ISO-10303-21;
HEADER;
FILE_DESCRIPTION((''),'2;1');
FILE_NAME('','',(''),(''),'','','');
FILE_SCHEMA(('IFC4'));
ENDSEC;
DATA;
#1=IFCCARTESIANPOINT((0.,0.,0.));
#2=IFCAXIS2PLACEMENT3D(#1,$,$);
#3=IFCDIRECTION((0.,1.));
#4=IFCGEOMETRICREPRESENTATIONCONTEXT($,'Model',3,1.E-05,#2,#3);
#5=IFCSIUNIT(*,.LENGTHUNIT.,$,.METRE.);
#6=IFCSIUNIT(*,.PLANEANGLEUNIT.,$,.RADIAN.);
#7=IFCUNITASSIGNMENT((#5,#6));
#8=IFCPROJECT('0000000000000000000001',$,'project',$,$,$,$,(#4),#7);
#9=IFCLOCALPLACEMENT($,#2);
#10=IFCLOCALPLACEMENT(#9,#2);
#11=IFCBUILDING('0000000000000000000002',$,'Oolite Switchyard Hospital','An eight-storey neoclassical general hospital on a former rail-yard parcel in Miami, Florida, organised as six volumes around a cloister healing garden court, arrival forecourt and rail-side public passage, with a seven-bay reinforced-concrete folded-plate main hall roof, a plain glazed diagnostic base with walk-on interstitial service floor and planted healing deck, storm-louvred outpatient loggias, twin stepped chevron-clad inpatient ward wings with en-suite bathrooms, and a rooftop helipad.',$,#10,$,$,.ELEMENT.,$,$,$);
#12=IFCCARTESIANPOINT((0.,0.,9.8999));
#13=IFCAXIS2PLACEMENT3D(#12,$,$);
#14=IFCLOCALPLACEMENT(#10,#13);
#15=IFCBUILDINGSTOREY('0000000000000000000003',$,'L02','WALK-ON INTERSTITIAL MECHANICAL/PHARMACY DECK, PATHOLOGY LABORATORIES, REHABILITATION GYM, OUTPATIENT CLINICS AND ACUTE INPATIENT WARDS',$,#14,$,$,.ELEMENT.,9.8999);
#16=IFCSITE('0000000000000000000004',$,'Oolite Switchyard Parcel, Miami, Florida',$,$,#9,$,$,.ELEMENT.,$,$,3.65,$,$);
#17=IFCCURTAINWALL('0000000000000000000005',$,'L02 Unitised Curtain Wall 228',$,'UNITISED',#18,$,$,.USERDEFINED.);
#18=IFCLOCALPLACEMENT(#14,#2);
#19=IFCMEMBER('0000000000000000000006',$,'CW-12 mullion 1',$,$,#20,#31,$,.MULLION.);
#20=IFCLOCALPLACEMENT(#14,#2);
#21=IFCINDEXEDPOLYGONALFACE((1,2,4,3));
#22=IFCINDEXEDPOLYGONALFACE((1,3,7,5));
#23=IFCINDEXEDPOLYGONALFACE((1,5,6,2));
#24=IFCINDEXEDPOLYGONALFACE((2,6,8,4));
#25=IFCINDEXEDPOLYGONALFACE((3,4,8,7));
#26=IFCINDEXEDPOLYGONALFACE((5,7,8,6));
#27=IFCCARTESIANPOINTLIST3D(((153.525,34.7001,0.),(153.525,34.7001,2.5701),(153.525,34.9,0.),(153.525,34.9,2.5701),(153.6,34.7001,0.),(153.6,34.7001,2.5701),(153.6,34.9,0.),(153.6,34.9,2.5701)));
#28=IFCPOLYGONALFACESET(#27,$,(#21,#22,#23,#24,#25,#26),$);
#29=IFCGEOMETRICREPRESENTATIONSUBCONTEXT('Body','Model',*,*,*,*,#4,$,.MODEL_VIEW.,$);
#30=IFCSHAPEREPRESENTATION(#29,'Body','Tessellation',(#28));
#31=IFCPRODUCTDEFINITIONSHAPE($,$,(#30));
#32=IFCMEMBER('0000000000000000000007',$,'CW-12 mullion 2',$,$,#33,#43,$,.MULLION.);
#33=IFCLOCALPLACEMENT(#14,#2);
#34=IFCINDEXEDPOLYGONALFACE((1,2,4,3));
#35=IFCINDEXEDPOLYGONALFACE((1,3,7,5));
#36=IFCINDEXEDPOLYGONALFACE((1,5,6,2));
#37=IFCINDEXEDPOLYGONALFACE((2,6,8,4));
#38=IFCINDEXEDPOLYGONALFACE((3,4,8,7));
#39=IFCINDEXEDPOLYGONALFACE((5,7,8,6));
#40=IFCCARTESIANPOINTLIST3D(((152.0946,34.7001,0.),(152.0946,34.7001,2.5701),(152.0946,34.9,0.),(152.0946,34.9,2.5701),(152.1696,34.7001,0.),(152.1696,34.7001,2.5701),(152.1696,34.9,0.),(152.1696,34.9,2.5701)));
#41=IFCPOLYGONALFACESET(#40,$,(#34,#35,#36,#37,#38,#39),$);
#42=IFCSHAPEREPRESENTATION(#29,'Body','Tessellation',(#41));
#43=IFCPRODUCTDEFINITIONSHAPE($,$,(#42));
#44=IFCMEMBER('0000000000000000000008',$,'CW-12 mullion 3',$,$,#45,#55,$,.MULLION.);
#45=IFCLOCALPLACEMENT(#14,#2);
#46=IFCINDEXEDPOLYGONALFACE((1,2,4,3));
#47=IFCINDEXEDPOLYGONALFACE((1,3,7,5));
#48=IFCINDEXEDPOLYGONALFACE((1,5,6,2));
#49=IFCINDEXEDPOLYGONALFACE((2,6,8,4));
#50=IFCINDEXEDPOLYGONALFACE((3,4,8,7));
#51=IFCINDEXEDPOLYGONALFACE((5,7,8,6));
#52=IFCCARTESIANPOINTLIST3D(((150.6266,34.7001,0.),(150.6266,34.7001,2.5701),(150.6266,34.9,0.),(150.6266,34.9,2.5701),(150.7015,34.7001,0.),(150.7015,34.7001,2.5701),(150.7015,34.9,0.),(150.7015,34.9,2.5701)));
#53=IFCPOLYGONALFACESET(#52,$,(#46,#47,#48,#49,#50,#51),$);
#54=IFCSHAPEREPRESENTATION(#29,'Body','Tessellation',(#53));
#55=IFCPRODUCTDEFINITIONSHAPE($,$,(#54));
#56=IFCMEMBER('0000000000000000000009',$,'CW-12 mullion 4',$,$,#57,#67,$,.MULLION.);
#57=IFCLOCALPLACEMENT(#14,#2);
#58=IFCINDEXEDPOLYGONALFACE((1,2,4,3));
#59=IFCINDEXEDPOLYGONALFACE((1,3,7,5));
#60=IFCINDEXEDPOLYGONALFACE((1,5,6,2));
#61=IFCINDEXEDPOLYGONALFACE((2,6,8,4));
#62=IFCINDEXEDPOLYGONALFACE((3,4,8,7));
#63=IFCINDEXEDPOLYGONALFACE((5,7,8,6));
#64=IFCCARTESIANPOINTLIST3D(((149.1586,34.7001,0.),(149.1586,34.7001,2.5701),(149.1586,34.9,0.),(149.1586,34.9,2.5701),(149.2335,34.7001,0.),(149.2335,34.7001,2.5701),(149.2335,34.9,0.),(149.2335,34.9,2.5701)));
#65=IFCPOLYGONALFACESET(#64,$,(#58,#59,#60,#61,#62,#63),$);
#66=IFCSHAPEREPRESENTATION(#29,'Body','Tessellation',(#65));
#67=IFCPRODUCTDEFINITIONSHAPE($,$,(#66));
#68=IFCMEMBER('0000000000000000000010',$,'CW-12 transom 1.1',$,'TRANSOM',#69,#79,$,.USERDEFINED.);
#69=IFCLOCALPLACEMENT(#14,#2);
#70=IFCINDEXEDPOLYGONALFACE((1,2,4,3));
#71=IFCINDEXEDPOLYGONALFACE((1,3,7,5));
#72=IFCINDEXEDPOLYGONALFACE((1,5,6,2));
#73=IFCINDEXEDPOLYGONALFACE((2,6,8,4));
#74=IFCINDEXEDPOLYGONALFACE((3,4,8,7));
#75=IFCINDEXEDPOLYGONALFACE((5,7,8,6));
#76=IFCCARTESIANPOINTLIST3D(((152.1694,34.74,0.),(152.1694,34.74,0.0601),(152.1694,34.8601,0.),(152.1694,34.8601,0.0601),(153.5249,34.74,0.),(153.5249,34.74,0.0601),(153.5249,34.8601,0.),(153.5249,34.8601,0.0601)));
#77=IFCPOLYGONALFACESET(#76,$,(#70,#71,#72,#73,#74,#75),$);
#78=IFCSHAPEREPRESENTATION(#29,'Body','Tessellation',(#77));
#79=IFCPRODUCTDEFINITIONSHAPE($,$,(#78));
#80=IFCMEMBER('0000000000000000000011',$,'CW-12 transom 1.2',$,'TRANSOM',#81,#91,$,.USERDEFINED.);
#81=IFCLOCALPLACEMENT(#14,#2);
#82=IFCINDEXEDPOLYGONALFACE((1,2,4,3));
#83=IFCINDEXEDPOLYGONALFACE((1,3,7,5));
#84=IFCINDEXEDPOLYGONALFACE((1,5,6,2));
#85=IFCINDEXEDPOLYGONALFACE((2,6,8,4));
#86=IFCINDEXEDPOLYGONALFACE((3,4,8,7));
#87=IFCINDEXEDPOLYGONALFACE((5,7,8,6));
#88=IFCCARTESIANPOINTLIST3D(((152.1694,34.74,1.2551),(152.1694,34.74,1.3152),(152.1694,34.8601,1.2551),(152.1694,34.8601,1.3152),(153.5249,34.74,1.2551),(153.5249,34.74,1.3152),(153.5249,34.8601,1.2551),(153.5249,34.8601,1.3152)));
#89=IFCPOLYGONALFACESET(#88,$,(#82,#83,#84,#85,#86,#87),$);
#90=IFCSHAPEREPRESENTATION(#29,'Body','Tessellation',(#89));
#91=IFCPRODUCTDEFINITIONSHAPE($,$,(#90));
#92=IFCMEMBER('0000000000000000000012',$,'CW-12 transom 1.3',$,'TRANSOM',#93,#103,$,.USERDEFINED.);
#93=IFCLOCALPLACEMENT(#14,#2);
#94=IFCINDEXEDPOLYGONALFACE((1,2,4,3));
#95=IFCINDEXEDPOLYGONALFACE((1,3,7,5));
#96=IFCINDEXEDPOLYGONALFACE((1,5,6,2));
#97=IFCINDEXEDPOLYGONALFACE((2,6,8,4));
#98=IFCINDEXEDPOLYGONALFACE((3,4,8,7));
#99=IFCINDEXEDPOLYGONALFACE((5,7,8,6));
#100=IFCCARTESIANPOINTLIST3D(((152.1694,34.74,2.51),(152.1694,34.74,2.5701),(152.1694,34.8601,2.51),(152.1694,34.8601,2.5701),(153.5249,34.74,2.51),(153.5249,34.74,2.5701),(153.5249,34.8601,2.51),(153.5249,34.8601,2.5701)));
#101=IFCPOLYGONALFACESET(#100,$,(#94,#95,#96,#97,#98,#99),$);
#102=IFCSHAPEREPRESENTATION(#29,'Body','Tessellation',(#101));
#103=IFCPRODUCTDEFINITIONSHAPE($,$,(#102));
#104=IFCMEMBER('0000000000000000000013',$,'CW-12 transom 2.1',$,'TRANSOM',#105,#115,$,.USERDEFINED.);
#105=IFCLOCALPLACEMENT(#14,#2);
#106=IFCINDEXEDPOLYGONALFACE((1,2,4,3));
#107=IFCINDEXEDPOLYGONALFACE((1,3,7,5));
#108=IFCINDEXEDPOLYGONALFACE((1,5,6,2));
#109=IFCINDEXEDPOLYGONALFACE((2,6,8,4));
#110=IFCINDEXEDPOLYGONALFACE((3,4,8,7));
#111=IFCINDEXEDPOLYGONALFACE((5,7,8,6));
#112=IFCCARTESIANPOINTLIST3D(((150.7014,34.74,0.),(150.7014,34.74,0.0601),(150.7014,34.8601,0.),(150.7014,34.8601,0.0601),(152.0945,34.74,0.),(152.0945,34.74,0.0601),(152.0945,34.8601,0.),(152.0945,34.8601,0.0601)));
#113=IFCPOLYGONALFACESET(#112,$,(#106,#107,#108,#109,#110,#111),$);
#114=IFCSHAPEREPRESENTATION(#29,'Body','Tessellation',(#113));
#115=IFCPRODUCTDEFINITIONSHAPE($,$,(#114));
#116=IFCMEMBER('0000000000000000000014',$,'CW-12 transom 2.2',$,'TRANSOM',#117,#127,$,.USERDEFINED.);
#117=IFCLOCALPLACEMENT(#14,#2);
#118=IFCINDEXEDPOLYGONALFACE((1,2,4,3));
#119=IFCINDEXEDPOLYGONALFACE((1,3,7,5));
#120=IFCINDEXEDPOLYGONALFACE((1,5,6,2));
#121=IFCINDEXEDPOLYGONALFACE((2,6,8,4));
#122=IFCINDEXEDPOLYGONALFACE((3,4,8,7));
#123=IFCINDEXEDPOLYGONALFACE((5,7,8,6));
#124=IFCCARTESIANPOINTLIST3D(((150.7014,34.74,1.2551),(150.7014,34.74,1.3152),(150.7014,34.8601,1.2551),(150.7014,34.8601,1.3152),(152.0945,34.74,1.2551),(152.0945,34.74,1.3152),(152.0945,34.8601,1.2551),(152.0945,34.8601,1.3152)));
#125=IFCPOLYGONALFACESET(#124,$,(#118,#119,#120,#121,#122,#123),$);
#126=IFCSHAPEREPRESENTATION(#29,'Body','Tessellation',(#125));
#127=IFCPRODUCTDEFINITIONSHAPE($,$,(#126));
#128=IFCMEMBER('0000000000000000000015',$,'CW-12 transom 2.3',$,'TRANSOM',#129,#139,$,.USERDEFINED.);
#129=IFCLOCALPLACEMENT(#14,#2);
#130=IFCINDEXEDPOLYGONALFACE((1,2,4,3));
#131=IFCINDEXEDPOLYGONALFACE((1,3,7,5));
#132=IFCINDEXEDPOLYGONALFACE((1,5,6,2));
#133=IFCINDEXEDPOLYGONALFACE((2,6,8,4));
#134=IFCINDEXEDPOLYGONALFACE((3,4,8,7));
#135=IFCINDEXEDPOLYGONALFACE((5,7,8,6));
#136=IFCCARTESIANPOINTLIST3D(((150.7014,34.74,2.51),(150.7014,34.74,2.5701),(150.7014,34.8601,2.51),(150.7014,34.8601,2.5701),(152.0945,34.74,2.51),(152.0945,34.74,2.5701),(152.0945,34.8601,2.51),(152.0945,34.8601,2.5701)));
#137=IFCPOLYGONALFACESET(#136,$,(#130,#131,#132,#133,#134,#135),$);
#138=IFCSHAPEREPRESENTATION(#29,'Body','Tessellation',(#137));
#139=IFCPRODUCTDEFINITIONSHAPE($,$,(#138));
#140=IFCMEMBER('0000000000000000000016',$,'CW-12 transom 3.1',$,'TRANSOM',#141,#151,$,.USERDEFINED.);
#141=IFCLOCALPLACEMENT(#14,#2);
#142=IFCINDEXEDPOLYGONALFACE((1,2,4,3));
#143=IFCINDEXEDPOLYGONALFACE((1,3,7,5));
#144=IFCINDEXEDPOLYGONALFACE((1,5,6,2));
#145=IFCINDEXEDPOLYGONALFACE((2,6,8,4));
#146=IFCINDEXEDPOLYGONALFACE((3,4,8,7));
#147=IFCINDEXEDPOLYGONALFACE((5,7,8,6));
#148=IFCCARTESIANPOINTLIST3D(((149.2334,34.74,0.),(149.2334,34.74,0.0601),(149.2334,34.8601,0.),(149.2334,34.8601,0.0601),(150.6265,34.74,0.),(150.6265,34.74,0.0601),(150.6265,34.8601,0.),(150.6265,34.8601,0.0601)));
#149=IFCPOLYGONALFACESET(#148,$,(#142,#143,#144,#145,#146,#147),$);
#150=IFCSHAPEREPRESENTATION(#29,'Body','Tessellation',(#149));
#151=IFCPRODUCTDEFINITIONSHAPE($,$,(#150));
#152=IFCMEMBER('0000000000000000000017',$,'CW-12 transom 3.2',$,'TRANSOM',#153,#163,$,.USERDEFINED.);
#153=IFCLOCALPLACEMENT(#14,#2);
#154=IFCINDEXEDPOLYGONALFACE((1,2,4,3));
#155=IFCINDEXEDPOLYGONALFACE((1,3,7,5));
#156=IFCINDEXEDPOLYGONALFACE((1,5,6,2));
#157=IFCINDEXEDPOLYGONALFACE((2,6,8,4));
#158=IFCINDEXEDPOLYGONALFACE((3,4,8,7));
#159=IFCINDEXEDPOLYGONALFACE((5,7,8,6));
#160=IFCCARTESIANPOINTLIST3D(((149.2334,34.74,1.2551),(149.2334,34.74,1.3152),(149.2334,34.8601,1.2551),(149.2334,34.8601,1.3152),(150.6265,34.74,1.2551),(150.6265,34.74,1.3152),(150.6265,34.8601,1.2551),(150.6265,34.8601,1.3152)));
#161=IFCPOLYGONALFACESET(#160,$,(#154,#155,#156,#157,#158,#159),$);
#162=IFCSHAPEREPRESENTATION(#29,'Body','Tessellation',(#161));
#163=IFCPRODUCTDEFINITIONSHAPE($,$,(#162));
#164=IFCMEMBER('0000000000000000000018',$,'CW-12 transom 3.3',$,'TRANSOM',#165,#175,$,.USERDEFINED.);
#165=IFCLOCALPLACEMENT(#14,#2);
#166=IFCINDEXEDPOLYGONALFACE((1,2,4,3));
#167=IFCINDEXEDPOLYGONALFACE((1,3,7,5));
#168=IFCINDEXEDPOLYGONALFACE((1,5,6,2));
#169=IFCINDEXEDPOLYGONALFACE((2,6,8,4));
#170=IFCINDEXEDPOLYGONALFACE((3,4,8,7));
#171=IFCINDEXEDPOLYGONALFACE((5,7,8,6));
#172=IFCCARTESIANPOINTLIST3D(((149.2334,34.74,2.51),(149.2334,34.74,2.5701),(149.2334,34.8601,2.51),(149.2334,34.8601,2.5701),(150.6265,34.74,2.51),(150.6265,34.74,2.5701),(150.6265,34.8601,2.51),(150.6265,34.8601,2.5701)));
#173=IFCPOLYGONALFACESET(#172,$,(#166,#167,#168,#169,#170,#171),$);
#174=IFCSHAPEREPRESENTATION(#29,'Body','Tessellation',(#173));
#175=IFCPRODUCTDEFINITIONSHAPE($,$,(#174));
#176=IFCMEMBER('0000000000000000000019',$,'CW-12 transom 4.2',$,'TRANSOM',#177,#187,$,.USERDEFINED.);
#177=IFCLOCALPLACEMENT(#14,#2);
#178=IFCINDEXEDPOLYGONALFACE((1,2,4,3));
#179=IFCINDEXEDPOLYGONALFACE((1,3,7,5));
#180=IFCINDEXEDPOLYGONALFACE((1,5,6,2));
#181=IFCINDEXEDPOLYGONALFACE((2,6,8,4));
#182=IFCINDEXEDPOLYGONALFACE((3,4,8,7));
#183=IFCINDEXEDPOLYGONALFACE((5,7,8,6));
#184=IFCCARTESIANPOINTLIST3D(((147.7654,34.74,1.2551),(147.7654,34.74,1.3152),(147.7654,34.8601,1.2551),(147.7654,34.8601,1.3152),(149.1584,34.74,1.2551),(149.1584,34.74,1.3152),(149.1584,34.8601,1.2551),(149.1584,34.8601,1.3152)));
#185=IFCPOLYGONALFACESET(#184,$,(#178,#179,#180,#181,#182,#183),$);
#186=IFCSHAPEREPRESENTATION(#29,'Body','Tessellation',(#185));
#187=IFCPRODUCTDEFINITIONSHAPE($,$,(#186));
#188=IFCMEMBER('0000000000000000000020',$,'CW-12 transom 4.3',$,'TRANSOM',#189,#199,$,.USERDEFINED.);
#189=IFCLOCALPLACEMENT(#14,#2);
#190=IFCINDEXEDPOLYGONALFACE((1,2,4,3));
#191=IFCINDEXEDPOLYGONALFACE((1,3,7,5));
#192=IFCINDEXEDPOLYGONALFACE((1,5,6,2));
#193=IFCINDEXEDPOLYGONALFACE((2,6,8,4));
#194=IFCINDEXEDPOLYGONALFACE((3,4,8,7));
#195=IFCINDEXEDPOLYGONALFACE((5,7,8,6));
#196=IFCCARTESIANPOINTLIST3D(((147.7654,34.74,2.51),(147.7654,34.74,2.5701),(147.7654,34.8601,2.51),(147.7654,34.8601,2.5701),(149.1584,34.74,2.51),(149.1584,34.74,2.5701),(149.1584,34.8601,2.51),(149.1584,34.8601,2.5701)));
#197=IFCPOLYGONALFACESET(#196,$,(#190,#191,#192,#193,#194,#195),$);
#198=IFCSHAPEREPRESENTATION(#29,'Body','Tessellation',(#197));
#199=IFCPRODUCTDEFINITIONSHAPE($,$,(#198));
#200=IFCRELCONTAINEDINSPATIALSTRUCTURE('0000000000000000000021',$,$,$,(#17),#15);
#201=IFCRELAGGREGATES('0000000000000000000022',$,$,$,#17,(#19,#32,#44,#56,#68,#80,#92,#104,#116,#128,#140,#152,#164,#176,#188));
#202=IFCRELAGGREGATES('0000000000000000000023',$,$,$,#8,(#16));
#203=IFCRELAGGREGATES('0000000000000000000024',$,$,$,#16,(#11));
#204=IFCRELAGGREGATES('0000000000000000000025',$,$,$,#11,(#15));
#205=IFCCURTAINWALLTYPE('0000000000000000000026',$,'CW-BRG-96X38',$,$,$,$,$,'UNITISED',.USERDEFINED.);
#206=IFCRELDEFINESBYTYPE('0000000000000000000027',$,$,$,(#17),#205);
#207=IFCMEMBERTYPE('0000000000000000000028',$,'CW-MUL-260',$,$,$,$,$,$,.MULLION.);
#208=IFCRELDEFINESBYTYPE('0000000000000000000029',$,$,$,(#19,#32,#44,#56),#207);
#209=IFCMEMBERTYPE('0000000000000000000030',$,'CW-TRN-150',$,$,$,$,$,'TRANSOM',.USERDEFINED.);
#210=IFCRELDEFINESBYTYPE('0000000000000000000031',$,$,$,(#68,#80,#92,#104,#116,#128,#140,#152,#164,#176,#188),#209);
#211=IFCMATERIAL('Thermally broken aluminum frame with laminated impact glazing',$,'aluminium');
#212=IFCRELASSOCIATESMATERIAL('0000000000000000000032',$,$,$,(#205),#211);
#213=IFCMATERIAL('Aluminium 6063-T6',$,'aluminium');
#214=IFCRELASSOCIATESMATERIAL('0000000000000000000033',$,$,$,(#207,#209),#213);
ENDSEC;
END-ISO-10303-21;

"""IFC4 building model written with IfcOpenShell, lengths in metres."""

from ifc_helpers import new_model, si_unit, direction, frame, origin, origin_2d, place, context, subcontext, project, spatial, rectangle, extrude, material, material_profile, profile_set, type_object, element, aggregate, save


model = new_model("IFC4")

# Units and contexts
model_context = context("Model", 3, precision=1e-05, world=origin(), true_north=direction((0.0, 1.0)))
body_context = subcontext(model_context, "Body", "Model", "MODEL_VIEW")
ifc_project = project(units=[si_unit("LENGTHUNIT", "METRE"), si_unit("PLANEANGLEUNIT", "RADIAN")], contexts=[model_context])

# Site, building, storey
site_placement = place(None, origin())
site = spatial("IfcSite", under=ifc_project, at=site_placement, Name="Oolite Switchyard Parcel, Miami, Florida", CompositionType="ELEMENT", RefElevation=3.65)
building_placement = place(site_placement, origin())
building = spatial("IfcBuilding", under=site, at=building_placement, Name="Oolite Switchyard Hospital", Description="An eight-storey neoclassical general hospital on a former rail-yard parcel in Miami, Florida, organised as six volumes around a cloister healing garden court, arrival forecourt and rail-side public passage, with a seven-bay reinforced-concrete folded-plate main hall roof, a plain glazed diagnostic base with walk-on interstitial service floor and planted healing deck, storm-louvred outpatient loggias, twin stepped chevron-clad inpatient ward wings with en-suite bathrooms, and a rooftop helipad.", CompositionType="ELEMENT")
storey_placement = place(building_placement, frame((0.0, 0.0, 9.8999)))
storey = spatial("IfcBuildingStorey", under=building, at=storey_placement, Name="L02", Description="WALK-ON INTERSTITIAL MECHANICAL/PHARMACY DECK, PATHOLOGY LABORATORIES, REHABILITATION GYM, OUTPATIENT CLINICS AND ACUTE INPATIENT WARDS", CompositionType="ELEMENT", Elevation=9.8999)

# Curtain wall, members
ifc_material_1 = material(Name="Thermally broken aluminum frame with laminated impact glazing", Category="aluminium")
curtain_wall_type = type_object("IfcCurtainWallType", Name="CW-BRG-96X38", ElementType="UNITISED", PredefinedType="USERDEFINED", material=ifc_material_1)
curtain_wall_placement = place(storey_placement, origin())
curtain_wall = element("IfcCurtainWall", 1, at=curtain_wall_placement, inside=storey, type_object=curtain_wall_type, Name="L02 Unitised Curtain Wall 228", ObjectType="UNITISED", PredefinedType="USERDEFINED")
ifc_material_2 = material(Name="Aluminium 6063-T6", Category="aluminium")
ifc_material_profile_1 = material_profile(ifc_material_2, rectangle(XDim=0.2, YDim=0.075, at=origin_2d()), Name="CWM75X200")
ifc_profile_set_1 = profile_set([ifc_material_profile_1], Name="Aluminium 6063-T6")
member_type_1 = type_object("IfcMemberType", Name="CW-MUL-260", PredefinedType="MULLION", material=ifc_profile_set_1)
member_1_placement = place(storey_placement, frame((153.5625, 34.8, 0.0), z_axis=(0.0, 0.0, 1.0), x_axis=(0.0, -1.0, 0.0)))
member_1 = element("IfcMember", 2, at=member_1_placement, type_object=member_type_1, Name="CW-12 mullion 1", PredefinedType="MULLION", context=body_context, shape_type="SweptSolid", body=[
    extrude(rectangle(XDim=0.2, YDim=0.075, at=origin_2d()), origin(), (0.0, 0.0, 1.0), 2.5701),
])
member_2_placement = place(storey_placement, frame((152.1321, 34.8, 0.0), z_axis=(0.0, 0.0, 1.0), x_axis=(0.0, -1.0, 0.0)))
member_2 = element("IfcMember", 3, at=member_2_placement, type_object=member_type_1, Name="CW-12 mullion 2", PredefinedType="MULLION", context=body_context, shape_type="SweptSolid", body=[
    extrude(rectangle(XDim=0.2, YDim=0.075, at=origin_2d()), origin(), (0.0, 0.0, 1.0), 2.5701),
])
member_3_placement = place(storey_placement, frame((150.6641, 34.8, 0.0), z_axis=(0.0, 0.0, 1.0), x_axis=(0.0, -1.0, 0.0)))
member_3 = element("IfcMember", 4, at=member_3_placement, type_object=member_type_1, Name="CW-12 mullion 3", PredefinedType="MULLION", context=body_context, shape_type="SweptSolid", body=[
    extrude(rectangle(XDim=0.2, YDim=0.075, at=origin_2d()), origin(), (0.0, 0.0, 1.0), 2.5701),
])
member_4_placement = place(storey_placement, frame((149.196, 34.8, 0.0), z_axis=(0.0, 0.0, 1.0), x_axis=(0.0, -1.0, 0.0)))
member_4 = element("IfcMember", 5, at=member_4_placement, type_object=member_type_1, Name="CW-12 mullion 4", PredefinedType="MULLION", context=body_context, shape_type="SweptSolid", body=[
    extrude(rectangle(XDim=0.2, YDim=0.075, at=origin_2d()), origin(), (0.0, 0.0, 1.0), 2.5701),
])
ifc_material_profile_2 = material_profile(ifc_material_2, rectangle(XDim=0.1201, YDim=0.0601, at=origin_2d()), Name="CWT60X120")
ifc_profile_set_2 = profile_set([ifc_material_profile_2], Name="Aluminium 6063-T6")
member_type_2 = type_object("IfcMemberType", Name="CW-TRN-150", ElementType="TRANSOM", PredefinedType="USERDEFINED", material=ifc_profile_set_2)
member_5_placement = place(storey_placement, frame((153.5249, 34.8, 0.03), z_axis=(-1.0, 0.0, 0.0), x_axis=(0.0, -1.0, 0.0)))
member_5 = element("IfcMember", 6, at=member_5_placement, type_object=member_type_2, Name="CW-12 transom 1.1", ObjectType="TRANSOM", PredefinedType="USERDEFINED", context=body_context, shape_type="SweptSolid", body=[
    extrude(rectangle(XDim=0.1201, YDim=0.0601, at=origin_2d()), origin(), (0.0, 0.0, 1.0), 1.3555),
])
member_6_placement = place(storey_placement, frame((153.5249, 34.8, 1.2852), z_axis=(-1.0, 0.0, 0.0), x_axis=(0.0, -1.0, 0.0)))
member_6 = element("IfcMember", 7, at=member_6_placement, type_object=member_type_2, Name="CW-12 transom 1.2", ObjectType="TRANSOM", PredefinedType="USERDEFINED", context=body_context, shape_type="SweptSolid", body=[
    extrude(rectangle(XDim=0.1201, YDim=0.0601, at=origin_2d()), origin(), (0.0, 0.0, 1.0), 1.3555),
])
member_7_placement = place(storey_placement, frame((153.5249, 34.8, 2.54), z_axis=(-1.0, 0.0, 0.0), x_axis=(0.0, -1.0, 0.0)))
member_7 = element("IfcMember", 8, at=member_7_placement, type_object=member_type_2, Name="CW-12 transom 1.3", ObjectType="TRANSOM", PredefinedType="USERDEFINED", context=body_context, shape_type="SweptSolid", body=[
    extrude(rectangle(XDim=0.1201, YDim=0.0601, at=origin_2d()), origin(), (0.0, 0.0, 1.0), 1.3555),
])
member_8_placement = place(storey_placement, frame((152.0945, 34.8, 0.03), z_axis=(-1.0, 0.0, 0.0), x_axis=(0.0, -1.0, 0.0)))
member_8 = element("IfcMember", 9, at=member_8_placement, type_object=member_type_2, Name="CW-12 transom 2.1", ObjectType="TRANSOM", PredefinedType="USERDEFINED", context=body_context, shape_type="SweptSolid", body=[
    extrude(rectangle(XDim=0.1201, YDim=0.0601, at=origin_2d()), origin(), (0.0, 0.0, 1.0), 1.3931),
])
member_9_placement = place(storey_placement, frame((152.0945, 34.8, 1.2852), z_axis=(-1.0, 0.0, 0.0), x_axis=(0.0, -1.0, 0.0)))
member_9 = element("IfcMember", 10, at=member_9_placement, type_object=member_type_2, Name="CW-12 transom 2.2", ObjectType="TRANSOM", PredefinedType="USERDEFINED", context=body_context, shape_type="SweptSolid", body=[
    extrude(rectangle(XDim=0.1201, YDim=0.0601, at=origin_2d()), origin(), (0.0, 0.0, 1.0), 1.3931),
])
member_10_placement = place(storey_placement, frame((152.0945, 34.8, 2.54), z_axis=(-1.0, 0.0, 0.0), x_axis=(0.0, -1.0, 0.0)))
member_10 = element("IfcMember", 11, at=member_10_placement, type_object=member_type_2, Name="CW-12 transom 2.3", ObjectType="TRANSOM", PredefinedType="USERDEFINED", context=body_context, shape_type="SweptSolid", body=[
    extrude(rectangle(XDim=0.1201, YDim=0.0601, at=origin_2d()), origin(), (0.0, 0.0, 1.0), 1.3931),
])
member_11_placement = place(storey_placement, frame((150.6265, 34.8, 0.03), z_axis=(-1.0, 0.0, 0.0), x_axis=(0.0, -1.0, 0.0)))
member_11 = element("IfcMember", 12, at=member_11_placement, type_object=member_type_2, Name="CW-12 transom 3.1", ObjectType="TRANSOM", PredefinedType="USERDEFINED", context=body_context, shape_type="SweptSolid", body=[
    extrude(rectangle(XDim=0.1201, YDim=0.0601, at=origin_2d()), origin(), (0.0, 0.0, 1.0), 1.3931),
])
member_12_placement = place(storey_placement, frame((150.6265, 34.8, 1.2852), z_axis=(-1.0, 0.0, 0.0), x_axis=(0.0, -1.0, 0.0)))
member_12 = element("IfcMember", 13, at=member_12_placement, type_object=member_type_2, Name="CW-12 transom 3.2", ObjectType="TRANSOM", PredefinedType="USERDEFINED", context=body_context, shape_type="SweptSolid", body=[
    extrude(rectangle(XDim=0.1201, YDim=0.0601, at=origin_2d()), origin(), (0.0, 0.0, 1.0), 1.3931),
])
member_13_placement = place(storey_placement, frame((150.6265, 34.8, 2.54), z_axis=(-1.0, 0.0, 0.0), x_axis=(0.0, -1.0, 0.0)))
member_13 = element("IfcMember", 14, at=member_13_placement, type_object=member_type_2, Name="CW-12 transom 3.3", ObjectType="TRANSOM", PredefinedType="USERDEFINED", context=body_context, shape_type="SweptSolid", body=[
    extrude(rectangle(XDim=0.1201, YDim=0.0601, at=origin_2d()), origin(), (0.0, 0.0, 1.0), 1.3931),
])
member_14_placement = place(storey_placement, frame((149.1584, 34.8, 1.2852), z_axis=(-1.0, 0.0, 0.0), x_axis=(0.0, -1.0, 0.0)))
member_14 = element("IfcMember", 15, at=member_14_placement, type_object=member_type_2, Name="CW-12 transom 4.2", ObjectType="TRANSOM", PredefinedType="USERDEFINED", context=body_context, shape_type="SweptSolid", body=[
    extrude(rectangle(XDim=0.1201, YDim=0.0601, at=origin_2d()), origin(), (0.0, 0.0, 1.0), 1.3931),
])
member_15_placement = place(storey_placement, frame((149.1584, 34.8, 2.54), z_axis=(-1.0, 0.0, 0.0), x_axis=(0.0, -1.0, 0.0)))
member_15 = element("IfcMember", 16, at=member_15_placement, type_object=member_type_2, Name="CW-12 transom 4.3", ObjectType="TRANSOM", PredefinedType="USERDEFINED", context=body_context, shape_type="SweptSolid", body=[
    extrude(rectangle(XDim=0.1201, YDim=0.0601, at=origin_2d()), origin(), (0.0, 0.0, 1.0), 1.3931),
])
aggregate(curtain_wall, [member_1, member_2, member_3, member_4, member_5, member_6, member_7, member_8, member_9, member_10, member_11, member_12, member_13, member_14, member_15])

save(model, "model.ifc")
